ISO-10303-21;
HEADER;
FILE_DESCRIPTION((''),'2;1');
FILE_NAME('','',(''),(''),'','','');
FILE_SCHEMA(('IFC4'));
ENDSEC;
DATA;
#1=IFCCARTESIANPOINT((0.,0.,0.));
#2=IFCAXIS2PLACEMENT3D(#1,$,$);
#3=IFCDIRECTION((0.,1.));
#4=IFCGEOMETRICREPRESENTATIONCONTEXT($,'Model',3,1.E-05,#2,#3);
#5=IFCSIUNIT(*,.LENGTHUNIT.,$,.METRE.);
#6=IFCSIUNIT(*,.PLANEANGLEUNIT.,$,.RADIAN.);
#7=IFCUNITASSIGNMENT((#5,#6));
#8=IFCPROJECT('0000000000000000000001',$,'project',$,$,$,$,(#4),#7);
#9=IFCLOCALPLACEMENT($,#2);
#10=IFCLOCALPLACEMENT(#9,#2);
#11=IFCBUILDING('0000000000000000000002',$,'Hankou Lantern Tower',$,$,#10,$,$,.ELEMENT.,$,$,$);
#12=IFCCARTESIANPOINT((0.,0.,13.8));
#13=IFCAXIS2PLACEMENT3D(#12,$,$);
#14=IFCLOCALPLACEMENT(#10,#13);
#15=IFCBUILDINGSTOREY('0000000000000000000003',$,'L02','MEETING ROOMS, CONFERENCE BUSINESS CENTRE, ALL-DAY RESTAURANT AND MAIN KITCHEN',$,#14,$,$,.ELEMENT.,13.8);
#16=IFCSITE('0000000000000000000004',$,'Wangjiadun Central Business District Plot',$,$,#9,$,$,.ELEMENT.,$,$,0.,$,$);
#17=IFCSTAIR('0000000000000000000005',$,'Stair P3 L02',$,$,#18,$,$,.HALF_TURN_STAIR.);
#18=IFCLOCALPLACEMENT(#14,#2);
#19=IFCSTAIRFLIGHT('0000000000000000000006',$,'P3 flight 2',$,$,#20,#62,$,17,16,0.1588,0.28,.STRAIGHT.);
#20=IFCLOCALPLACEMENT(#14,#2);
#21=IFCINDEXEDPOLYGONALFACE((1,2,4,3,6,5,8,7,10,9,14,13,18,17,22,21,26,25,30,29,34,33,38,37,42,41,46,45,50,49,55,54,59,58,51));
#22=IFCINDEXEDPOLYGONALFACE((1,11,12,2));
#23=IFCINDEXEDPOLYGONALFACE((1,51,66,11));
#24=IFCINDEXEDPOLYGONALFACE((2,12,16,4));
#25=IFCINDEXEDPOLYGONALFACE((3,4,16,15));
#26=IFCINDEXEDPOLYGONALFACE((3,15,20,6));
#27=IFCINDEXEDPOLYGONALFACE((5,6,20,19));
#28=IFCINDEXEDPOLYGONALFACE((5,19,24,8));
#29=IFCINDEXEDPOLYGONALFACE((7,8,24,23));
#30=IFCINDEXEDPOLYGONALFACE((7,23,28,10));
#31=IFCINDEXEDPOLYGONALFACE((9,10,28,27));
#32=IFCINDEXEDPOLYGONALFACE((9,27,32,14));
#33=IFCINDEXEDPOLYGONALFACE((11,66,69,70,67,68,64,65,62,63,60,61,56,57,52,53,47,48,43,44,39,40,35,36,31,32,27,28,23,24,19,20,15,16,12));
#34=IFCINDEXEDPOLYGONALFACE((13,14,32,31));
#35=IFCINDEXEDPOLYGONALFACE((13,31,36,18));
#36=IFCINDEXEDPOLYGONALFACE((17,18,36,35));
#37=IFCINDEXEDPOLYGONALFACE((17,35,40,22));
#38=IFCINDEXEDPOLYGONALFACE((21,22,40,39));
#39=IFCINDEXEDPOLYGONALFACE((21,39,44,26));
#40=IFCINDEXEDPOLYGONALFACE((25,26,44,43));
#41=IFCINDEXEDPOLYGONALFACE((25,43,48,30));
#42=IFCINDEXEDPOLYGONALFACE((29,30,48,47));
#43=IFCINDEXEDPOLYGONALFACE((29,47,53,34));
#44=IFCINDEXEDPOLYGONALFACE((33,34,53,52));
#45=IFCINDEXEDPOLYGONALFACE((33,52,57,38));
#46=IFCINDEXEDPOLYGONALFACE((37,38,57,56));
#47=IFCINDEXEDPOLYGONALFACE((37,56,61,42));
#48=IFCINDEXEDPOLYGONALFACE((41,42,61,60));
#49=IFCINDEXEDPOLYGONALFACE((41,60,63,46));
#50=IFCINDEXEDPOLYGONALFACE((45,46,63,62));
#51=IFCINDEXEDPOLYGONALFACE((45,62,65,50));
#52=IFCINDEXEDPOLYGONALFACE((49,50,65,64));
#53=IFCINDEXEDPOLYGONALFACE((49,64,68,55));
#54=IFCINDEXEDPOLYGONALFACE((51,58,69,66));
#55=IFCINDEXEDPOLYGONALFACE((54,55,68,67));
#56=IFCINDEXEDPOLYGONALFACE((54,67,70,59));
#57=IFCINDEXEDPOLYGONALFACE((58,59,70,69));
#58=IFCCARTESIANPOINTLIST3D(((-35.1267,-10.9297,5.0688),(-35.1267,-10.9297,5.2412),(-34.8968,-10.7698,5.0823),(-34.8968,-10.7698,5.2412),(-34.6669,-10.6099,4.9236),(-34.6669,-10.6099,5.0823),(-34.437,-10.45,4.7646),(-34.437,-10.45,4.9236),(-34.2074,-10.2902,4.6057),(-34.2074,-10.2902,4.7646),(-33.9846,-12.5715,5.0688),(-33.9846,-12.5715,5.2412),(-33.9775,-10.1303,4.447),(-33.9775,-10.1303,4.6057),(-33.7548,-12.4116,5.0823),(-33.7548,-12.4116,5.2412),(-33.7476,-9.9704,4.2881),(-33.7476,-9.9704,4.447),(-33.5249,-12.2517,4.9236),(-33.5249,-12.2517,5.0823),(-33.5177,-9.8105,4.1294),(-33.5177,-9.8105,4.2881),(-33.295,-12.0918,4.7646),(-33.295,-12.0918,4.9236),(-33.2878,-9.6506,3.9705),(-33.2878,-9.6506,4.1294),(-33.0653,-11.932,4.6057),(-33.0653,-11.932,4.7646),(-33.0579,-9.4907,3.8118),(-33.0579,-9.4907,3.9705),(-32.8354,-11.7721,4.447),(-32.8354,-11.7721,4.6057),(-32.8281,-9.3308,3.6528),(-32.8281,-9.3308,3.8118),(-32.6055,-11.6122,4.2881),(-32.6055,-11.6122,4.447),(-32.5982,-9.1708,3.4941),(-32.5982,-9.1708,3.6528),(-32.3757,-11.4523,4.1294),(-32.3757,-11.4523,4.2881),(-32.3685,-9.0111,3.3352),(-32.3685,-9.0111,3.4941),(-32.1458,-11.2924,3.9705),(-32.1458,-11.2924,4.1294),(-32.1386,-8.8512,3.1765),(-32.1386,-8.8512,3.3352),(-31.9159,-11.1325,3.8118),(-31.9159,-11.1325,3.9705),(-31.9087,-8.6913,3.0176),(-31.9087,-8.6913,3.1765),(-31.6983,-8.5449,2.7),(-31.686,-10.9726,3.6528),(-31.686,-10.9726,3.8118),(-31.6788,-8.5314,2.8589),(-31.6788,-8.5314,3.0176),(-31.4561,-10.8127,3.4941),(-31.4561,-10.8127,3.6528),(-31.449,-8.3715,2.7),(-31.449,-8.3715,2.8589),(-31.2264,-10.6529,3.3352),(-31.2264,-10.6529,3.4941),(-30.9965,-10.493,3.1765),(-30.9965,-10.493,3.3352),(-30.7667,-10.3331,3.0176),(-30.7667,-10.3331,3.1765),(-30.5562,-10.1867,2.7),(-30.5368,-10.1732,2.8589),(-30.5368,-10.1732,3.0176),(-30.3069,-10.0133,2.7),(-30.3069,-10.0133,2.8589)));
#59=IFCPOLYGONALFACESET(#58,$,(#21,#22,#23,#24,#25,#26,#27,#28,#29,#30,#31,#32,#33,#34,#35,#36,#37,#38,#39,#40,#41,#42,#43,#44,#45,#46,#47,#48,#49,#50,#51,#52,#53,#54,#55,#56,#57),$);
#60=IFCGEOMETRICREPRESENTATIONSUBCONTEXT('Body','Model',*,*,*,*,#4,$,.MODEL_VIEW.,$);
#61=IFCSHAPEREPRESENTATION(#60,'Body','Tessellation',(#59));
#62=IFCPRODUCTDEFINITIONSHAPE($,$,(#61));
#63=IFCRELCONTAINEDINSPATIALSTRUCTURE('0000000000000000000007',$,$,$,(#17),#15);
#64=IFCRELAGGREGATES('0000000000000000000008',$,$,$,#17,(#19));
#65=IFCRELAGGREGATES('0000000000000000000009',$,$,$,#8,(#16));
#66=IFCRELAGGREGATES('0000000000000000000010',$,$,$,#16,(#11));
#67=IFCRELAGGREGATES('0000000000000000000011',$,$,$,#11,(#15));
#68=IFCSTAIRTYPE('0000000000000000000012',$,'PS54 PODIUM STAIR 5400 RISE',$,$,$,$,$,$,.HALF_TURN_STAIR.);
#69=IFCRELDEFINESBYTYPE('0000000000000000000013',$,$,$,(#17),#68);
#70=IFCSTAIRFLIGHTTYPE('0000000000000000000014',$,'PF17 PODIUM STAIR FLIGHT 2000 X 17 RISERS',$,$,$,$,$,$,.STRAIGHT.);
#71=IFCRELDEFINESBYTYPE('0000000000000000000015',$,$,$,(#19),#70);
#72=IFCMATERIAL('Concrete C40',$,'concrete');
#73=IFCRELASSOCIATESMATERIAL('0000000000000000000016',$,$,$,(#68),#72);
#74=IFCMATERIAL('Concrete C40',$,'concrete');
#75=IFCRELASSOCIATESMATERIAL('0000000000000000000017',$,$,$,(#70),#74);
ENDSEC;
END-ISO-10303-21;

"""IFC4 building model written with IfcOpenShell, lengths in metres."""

from ifc_helpers import new_model, si_unit, direction, frame, origin, place, context, subcontext, project, spatial, polyline, outline, extrude, material, type_object, element, aggregate, save


model = new_model("IFC4")

# Units and contexts
model_context = context("Model", 3, precision=1e-05, world=origin(), true_north=direction((0.0, 1.0)))
body_context = subcontext(model_context, "Body", "Model", "MODEL_VIEW")
ifc_project = project(units=[si_unit("LENGTHUNIT", "METRE"), si_unit("PLANEANGLEUNIT", "RADIAN")], contexts=[model_context])

# Site, building, storey
site_placement = place(None, origin())
site = spatial("IfcSite", under=ifc_project, at=site_placement, Name="Wangjiadun Central Business District Plot", CompositionType="ELEMENT", RefElevation=0.0)
building_placement = place(site_placement, origin())
building = spatial("IfcBuilding", under=site, at=building_placement, Name="Hankou Lantern Tower", CompositionType="ELEMENT")
storey_placement = place(building_placement, frame((0.0, 0.0, 13.8)))
storey = spatial("IfcBuildingStorey", under=building, at=storey_placement, Name="L02", Description="MEETING ROOMS, CONFERENCE BUSINESS CENTRE, ALL-DAY RESTAURANT AND MAIN KITCHEN", CompositionType="ELEMENT", Elevation=13.8)

# Stair, stair flight
ifc_material_1 = material(Name="Concrete C40", Category="concrete")
stair_type = type_object("IfcStairType", Name="PS54 PODIUM STAIR 5400 RISE", PredefinedType="HALF_TURN_STAIR", material=ifc_material_1)
stair_placement = place(storey_placement, origin())
stair = element("IfcStair", 1, at=stair_placement, inside=storey, type_object=stair_type, Name="Stair P3 L02", PredefinedType="HALF_TURN_STAIR")
ifc_material_2 = material(Name="Concrete C40", Category="concrete")
stair_flight_type = type_object("IfcStairFlightType", Name="PF17 PODIUM STAIR FLIGHT 2000 X 17 RISERS", PredefinedType="STRAIGHT", material=ifc_material_2)
stair_flight_1_placement = place(storey_placement, frame((-30.8779, -9.1924, 2.7), z_axis=(0.0, 0.0, 1.0), x_axis=(-0.820927, -0.571033, 0.0)))
stair_flight_1 = element("IfcStairFlight", 2, at=stair_flight_1_placement, type_object=stair_flight_type, Name="P3 flight 2", NumberOfRisers=17, NumberOfTreads=16, PredefinedType="STRAIGHT", RiserHeight=0.1588, TreadLength=0.28, context=body_context, shape_type="SweptSolid", body=[
    extrude(outline(polyline([(0.0, 0.0), (0.0, 0.1589), (0.28, 0.1589), (0.28, 0.3176), (0.5601, 0.3176), (0.5601, 0.4766), (0.8401, 0.4766), (0.8401, 0.6353), (1.1201, 0.6353), (1.1201, 0.7942), (1.3999, 0.7942), (1.3999, 0.9529), (1.6799, 0.9529), (1.6799, 1.1118), (1.96, 1.1118), (1.96, 1.2705), (2.24, 1.2705), (2.24, 1.4294), (2.52, 1.4294), (2.52, 1.5881), (2.8, 1.5881), (2.8, 1.7471), (3.0801, 1.7471), (3.0801, 1.9058), (3.3601, 1.9058), (3.3601, 2.0647), (3.6399, 2.0647), (3.6399, 2.2236), (3.9199, 2.2236), (3.9199, 2.3823), (4.2, 2.3823), (4.2, 2.5413), (4.48, 2.5413), (4.48, 2.7), (4.48, 2.3689), (0.3037, 0.0), (0.0, 0.0)])), frame((0.0, 1.0, 0.0), z_axis=(0.0, -1.0, 0.0), x_axis=(1.0, 0.0, 0.0)), (0.0, 0.0, 1.0), 2.0),
])
aggregate(stair, [stair_flight_1])

save(model, "model.ifc")
